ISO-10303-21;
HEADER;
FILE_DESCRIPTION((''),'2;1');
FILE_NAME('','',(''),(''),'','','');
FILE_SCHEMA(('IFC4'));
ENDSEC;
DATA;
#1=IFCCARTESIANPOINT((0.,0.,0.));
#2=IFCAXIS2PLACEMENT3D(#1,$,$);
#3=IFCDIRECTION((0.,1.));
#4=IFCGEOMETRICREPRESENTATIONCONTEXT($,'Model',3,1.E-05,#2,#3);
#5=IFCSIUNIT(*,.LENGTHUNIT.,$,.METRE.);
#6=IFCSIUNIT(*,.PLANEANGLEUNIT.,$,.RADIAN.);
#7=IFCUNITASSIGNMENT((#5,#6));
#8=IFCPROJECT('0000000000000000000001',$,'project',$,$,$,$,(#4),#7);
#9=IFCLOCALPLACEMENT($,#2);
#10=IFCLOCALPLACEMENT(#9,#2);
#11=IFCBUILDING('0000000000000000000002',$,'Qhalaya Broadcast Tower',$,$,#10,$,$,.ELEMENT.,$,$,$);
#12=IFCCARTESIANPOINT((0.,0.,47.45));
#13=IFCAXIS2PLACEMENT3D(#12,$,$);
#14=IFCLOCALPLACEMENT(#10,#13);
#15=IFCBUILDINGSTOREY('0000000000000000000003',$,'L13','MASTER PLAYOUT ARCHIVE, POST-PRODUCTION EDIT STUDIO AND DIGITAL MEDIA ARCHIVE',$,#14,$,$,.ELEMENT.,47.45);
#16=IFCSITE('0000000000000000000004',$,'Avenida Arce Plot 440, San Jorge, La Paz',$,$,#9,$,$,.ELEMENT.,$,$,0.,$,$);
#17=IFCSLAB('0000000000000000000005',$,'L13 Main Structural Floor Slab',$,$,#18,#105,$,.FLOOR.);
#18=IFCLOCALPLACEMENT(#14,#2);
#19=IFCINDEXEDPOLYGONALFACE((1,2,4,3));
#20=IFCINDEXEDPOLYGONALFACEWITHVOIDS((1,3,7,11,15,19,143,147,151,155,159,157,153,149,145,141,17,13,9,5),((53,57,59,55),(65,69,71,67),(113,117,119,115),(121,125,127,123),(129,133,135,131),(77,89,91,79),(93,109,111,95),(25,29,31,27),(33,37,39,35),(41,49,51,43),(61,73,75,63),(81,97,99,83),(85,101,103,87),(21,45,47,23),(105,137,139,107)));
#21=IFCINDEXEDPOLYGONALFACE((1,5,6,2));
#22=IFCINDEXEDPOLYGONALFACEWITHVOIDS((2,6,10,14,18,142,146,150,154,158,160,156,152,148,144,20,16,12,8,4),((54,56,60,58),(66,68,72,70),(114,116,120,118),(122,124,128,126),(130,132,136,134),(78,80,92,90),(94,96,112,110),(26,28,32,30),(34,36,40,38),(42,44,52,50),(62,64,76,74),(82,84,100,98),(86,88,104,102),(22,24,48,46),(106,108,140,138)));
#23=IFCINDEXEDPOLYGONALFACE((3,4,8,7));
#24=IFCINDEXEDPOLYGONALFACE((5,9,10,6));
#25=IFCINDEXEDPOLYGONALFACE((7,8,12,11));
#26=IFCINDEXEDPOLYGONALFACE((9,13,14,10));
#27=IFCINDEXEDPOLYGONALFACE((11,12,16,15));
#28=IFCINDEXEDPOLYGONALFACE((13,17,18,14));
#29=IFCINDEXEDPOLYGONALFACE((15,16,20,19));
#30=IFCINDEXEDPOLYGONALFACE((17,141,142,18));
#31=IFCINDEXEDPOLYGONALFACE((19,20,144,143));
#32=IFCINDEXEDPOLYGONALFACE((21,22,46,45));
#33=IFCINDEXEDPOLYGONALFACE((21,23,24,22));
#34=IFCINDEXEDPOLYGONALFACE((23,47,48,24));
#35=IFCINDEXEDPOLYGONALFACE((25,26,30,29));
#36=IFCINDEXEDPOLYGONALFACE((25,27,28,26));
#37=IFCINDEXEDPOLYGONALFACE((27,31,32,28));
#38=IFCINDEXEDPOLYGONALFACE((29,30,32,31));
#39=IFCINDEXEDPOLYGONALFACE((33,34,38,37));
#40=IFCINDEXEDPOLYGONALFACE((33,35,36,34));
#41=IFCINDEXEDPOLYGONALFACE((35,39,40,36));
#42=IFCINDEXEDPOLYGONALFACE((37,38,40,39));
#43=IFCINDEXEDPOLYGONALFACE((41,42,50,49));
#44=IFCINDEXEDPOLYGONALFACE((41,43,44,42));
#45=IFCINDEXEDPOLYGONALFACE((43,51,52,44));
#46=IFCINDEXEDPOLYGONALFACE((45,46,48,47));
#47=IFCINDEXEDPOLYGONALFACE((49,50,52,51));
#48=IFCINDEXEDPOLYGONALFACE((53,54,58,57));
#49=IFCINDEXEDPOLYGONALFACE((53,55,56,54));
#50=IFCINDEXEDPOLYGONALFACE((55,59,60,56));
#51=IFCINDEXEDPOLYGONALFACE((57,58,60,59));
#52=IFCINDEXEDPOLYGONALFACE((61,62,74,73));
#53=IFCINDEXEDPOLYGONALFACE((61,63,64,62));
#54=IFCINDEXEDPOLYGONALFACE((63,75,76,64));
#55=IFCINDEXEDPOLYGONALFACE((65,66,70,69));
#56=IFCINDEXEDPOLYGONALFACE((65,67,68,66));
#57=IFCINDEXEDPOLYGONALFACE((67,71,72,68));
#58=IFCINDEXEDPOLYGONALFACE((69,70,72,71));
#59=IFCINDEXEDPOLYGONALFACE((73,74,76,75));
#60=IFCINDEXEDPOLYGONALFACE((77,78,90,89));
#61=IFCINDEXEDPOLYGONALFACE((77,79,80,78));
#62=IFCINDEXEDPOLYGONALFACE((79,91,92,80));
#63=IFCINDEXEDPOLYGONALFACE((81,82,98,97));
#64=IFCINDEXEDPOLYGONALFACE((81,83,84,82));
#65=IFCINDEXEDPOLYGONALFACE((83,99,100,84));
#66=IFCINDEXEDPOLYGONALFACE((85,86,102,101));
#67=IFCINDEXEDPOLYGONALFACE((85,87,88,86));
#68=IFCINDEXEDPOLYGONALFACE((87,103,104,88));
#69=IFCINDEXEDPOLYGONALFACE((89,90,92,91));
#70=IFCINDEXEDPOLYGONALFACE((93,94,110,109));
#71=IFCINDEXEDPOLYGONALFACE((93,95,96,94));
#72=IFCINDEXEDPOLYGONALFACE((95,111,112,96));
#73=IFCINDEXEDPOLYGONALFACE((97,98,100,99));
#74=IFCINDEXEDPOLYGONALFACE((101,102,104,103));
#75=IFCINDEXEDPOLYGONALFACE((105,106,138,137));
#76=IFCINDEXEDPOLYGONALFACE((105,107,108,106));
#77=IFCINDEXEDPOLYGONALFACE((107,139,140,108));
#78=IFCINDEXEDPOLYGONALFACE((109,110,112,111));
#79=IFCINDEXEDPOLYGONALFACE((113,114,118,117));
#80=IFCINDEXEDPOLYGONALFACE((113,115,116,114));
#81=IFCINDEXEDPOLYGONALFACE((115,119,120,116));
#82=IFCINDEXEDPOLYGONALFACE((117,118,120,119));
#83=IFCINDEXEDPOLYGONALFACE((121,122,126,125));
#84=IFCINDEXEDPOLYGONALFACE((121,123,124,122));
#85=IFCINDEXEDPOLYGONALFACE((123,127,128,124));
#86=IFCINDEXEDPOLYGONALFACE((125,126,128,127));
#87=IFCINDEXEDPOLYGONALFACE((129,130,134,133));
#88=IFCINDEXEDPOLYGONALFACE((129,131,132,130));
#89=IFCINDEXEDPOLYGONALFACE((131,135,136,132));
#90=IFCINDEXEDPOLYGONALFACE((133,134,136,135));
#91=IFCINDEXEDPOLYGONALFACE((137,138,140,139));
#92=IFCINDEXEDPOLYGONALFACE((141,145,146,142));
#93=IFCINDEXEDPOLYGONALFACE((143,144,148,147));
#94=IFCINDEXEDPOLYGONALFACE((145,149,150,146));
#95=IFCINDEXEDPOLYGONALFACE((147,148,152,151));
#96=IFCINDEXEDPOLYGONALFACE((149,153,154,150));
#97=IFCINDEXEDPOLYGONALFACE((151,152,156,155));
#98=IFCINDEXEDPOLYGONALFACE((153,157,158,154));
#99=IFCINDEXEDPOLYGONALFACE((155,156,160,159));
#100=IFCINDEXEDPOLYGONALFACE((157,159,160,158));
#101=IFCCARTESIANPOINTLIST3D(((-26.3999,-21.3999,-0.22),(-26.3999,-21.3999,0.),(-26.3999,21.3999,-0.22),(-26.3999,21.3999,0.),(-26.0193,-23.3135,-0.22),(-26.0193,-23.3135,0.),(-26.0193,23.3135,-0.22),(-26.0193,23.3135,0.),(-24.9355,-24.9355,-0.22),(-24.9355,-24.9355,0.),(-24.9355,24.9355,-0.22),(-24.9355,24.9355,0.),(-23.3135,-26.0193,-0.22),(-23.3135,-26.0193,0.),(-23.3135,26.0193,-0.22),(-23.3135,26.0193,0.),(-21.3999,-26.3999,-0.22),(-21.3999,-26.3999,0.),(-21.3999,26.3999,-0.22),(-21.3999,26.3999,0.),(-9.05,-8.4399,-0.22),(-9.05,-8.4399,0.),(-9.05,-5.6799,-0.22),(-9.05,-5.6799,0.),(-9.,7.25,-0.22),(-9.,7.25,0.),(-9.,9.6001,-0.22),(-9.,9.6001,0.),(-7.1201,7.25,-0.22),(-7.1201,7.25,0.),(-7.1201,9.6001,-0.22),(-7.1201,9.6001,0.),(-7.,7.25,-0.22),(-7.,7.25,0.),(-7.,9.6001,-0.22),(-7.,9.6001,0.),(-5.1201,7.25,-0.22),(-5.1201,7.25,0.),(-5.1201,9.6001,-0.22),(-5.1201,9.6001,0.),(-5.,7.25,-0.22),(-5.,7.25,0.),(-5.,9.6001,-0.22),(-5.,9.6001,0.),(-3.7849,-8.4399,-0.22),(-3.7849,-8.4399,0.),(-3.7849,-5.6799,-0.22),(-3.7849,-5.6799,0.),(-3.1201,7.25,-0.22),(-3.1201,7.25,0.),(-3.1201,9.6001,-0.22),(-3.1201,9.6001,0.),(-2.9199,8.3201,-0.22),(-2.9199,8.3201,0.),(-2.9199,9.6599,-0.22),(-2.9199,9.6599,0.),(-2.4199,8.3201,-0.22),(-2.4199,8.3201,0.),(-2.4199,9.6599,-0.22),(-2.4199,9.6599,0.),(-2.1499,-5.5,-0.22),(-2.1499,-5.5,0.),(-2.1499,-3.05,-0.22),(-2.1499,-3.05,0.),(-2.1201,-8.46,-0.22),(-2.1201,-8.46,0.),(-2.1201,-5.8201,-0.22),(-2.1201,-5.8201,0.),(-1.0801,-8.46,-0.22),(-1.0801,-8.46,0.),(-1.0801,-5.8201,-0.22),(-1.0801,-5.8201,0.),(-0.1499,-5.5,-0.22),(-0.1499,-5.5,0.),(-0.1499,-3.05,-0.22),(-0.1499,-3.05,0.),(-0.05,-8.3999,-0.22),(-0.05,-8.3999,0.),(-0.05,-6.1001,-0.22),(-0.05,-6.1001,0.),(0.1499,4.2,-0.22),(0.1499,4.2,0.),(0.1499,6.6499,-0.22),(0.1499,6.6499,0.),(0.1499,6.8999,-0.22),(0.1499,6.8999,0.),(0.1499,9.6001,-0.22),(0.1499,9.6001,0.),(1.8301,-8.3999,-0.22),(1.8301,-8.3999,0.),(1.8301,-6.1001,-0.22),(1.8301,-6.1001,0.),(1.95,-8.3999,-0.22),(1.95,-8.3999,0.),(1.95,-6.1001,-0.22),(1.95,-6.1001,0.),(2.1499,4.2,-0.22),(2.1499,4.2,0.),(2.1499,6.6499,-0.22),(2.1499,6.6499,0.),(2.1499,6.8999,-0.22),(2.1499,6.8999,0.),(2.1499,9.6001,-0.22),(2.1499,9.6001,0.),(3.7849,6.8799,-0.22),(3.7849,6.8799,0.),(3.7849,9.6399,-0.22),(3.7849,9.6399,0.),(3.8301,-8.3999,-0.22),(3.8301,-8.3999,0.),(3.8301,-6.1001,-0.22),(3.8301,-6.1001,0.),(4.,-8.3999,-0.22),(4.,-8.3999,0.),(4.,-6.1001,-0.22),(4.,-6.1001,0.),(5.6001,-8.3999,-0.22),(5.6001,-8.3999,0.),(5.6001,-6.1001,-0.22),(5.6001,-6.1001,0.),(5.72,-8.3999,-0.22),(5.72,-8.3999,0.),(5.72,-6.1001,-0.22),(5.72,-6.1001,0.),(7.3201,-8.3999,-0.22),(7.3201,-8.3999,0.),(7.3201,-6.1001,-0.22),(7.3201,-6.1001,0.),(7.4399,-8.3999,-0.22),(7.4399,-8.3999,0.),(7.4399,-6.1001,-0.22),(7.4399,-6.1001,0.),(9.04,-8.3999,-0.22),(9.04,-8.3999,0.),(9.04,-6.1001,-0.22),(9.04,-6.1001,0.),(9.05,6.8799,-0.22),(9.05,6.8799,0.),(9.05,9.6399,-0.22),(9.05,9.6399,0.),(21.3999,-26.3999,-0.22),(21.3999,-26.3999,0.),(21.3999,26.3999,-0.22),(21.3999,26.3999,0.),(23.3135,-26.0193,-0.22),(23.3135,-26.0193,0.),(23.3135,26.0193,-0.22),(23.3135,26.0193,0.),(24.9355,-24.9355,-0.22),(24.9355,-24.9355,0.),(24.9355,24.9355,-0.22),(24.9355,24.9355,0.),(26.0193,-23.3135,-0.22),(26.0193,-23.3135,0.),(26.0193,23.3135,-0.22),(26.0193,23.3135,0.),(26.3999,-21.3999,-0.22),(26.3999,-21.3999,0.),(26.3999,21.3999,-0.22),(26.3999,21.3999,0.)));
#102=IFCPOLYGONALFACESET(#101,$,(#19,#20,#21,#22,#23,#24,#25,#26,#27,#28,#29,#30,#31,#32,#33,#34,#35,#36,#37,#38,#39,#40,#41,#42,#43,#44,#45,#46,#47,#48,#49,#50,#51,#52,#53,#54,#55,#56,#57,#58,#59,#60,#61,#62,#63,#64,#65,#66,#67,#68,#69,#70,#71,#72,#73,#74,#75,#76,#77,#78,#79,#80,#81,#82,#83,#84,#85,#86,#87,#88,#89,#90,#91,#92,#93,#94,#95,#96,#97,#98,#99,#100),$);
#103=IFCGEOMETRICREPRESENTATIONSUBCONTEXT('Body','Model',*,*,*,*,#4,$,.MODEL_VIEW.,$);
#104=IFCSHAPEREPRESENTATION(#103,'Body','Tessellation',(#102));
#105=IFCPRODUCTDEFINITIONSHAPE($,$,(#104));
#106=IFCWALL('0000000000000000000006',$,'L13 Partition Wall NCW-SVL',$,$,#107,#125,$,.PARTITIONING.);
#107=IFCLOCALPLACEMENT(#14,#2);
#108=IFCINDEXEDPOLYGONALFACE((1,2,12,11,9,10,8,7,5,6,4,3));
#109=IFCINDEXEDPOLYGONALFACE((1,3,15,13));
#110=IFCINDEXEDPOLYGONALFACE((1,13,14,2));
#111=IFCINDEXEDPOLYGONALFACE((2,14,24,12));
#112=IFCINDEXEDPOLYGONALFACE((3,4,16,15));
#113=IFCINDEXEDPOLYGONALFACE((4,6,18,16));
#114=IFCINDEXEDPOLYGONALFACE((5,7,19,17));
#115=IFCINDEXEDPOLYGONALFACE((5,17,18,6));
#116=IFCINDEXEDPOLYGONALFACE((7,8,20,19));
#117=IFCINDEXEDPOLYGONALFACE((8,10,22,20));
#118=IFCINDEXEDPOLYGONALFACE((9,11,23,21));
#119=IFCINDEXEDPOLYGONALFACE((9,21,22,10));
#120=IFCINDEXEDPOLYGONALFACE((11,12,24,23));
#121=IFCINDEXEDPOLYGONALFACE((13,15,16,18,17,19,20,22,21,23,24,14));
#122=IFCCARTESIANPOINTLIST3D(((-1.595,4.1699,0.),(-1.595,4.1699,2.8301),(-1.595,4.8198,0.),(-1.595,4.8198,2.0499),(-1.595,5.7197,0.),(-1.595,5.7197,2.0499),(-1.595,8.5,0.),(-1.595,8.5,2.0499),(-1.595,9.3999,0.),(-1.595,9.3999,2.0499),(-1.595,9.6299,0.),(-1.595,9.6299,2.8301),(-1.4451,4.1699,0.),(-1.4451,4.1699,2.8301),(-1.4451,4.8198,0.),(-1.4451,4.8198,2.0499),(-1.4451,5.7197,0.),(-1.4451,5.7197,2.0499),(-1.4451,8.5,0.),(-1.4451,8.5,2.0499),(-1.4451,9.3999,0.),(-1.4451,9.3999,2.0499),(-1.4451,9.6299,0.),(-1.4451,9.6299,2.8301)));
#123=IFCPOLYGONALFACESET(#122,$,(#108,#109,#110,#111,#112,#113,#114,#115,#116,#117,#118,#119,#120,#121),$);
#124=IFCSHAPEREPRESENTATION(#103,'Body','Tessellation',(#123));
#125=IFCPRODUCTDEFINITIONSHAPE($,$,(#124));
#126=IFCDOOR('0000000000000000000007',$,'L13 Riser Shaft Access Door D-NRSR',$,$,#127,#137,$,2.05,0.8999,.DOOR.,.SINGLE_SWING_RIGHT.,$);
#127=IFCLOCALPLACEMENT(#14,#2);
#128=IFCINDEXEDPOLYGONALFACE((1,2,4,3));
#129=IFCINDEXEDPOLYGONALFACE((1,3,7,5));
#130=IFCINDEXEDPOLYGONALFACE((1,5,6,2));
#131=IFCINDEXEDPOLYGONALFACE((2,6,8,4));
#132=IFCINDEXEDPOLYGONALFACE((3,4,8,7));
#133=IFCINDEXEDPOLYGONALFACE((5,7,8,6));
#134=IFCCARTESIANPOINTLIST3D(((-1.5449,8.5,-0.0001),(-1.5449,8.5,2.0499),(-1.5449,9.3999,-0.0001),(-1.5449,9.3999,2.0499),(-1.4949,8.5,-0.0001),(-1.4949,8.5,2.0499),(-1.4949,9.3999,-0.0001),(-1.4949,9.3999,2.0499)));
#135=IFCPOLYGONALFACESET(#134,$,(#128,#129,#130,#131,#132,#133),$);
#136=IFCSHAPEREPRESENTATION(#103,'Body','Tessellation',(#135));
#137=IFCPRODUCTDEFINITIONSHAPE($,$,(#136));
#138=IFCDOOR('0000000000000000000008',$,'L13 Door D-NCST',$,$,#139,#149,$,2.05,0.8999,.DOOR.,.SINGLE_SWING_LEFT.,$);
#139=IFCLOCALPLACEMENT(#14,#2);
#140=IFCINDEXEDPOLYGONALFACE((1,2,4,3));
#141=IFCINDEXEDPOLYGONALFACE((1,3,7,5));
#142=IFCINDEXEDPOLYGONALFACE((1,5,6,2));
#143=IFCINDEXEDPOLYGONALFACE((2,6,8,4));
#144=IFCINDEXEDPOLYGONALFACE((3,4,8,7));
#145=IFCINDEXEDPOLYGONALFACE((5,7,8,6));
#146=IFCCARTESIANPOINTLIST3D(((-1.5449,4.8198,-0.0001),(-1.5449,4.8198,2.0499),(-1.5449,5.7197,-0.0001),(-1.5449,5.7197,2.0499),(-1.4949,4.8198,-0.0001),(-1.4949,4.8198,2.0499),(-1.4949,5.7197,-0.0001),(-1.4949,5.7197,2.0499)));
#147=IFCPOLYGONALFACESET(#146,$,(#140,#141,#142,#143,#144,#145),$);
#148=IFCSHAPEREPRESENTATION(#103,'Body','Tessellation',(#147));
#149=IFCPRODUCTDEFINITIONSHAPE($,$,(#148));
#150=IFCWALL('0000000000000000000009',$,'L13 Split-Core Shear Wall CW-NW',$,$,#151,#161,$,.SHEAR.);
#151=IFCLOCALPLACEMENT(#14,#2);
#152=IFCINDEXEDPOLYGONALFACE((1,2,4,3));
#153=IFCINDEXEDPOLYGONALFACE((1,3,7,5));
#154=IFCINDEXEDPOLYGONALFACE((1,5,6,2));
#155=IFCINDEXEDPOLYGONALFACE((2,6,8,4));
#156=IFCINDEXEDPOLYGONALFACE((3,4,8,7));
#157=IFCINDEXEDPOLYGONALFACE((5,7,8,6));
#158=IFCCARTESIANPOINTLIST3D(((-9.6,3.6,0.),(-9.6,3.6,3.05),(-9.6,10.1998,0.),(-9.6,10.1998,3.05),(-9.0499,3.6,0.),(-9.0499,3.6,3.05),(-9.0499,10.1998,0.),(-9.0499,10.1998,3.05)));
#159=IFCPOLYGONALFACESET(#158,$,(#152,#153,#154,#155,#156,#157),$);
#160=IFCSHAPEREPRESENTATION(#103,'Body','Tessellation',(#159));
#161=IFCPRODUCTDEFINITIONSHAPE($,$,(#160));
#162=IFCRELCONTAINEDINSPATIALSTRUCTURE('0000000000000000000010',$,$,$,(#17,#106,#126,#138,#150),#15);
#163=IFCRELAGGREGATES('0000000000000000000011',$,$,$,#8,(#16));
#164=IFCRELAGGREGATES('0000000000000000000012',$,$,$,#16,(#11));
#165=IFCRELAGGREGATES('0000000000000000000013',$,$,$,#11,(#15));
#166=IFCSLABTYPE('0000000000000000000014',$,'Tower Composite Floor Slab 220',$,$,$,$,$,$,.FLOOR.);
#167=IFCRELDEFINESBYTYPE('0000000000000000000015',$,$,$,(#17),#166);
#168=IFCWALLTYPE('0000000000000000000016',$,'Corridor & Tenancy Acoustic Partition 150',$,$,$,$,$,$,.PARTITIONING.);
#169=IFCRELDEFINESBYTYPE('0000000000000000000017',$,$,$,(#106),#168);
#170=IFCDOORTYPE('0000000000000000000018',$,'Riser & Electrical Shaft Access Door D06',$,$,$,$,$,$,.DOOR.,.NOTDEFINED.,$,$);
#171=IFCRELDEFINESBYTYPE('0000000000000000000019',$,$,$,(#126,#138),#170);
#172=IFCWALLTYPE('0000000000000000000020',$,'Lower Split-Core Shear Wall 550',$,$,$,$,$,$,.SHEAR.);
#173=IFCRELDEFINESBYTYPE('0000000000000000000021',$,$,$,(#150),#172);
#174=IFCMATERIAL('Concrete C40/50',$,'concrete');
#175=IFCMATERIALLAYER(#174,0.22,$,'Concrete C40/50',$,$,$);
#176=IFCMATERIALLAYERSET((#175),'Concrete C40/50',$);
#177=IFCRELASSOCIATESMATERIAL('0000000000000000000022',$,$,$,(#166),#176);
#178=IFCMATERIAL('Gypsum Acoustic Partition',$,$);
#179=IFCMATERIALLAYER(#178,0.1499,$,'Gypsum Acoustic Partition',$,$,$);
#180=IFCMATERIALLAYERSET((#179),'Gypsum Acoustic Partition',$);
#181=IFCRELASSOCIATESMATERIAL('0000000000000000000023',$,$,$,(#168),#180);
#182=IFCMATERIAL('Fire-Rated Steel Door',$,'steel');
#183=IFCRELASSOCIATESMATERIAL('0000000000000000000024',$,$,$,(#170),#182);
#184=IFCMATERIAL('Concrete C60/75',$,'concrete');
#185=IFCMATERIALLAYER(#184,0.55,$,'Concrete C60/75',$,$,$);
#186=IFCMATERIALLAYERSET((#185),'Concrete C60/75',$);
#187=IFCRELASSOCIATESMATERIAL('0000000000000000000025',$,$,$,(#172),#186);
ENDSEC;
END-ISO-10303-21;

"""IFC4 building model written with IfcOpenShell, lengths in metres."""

from ifc_helpers import new_model, si_unit, direction, frame, frame_2d, origin, place, context, subcontext, project, spatial, polyline, rectangle, outline, extrude, material, layer, layer_set, type_object, element, fill, save


model = new_model("IFC4")

# Units and contexts
model_context = context("Model", 3, precision=1e-05, world=origin(), true_north=direction((0.0, 1.0)))
body_context = subcontext(model_context, "Body", "Model", "MODEL_VIEW")
ifc_project = project(units=[si_unit("LENGTHUNIT", "METRE"), si_unit("PLANEANGLEUNIT", "RADIAN")], contexts=[model_context])

# Site, building, storey
site_placement = place(None, origin())
site = spatial("IfcSite", under=ifc_project, at=site_placement, Name="Avenida Arce Plot 440, San Jorge, La Paz", CompositionType="ELEMENT", RefElevation=0.0)
building_placement = place(site_placement, origin())
building = spatial("IfcBuilding", under=site, at=building_placement, Name="Qhalaya Broadcast Tower", CompositionType="ELEMENT")
storey_placement = place(building_placement, frame((0.0, 0.0, 47.45)))
storey = spatial("IfcBuildingStorey", under=building, at=storey_placement, Name="L13", Description="MASTER PLAYOUT ARCHIVE, POST-PRODUCTION EDIT STUDIO AND DIGITAL MEDIA ARCHIVE", CompositionType="ELEMENT", Elevation=47.45)

# Slab
ifc_material_1 = material(Name="Concrete C40/50", Category="concrete")
ifc_layer_1 = layer(ifc_material_1, 0.22, Name="Concrete C40/50")
ifc_layer_set_1 = layer_set([ifc_layer_1], Name="Concrete C40/50")
slab_type = type_object("IfcSlabType", Name="Tower Composite Floor Slab 220", PredefinedType="FLOOR", material=ifc_layer_set_1)
slab_placement = place(storey_placement, frame((0.0, 0.0, -0.22)))
element("IfcSlab", 1, at=slab_placement, inside=storey, type_object=slab_type, Name="L13 Main Structural Floor Slab", PredefinedType="FLOOR", context=body_context, shape_type="SweptSolid", body=[
    extrude(outline(polyline([(21.3999, -26.3999), (23.3135, -26.0193), (24.9355, -24.9355), (26.0193, -23.3135), (26.3999, -21.3999), (26.3999, 21.3999), (26.0193, 23.3135), (24.9355, 24.9355), (23.3135, 26.0193), (21.3999, 26.3999), (-21.3999, 26.3999), (-23.3135, 26.0193), (-24.9355, 24.9355), (-26.0193, 23.3135), (-26.3999, 21.3999), (-26.3999, -21.3999), (-26.0193, -23.3135), (-24.9355, -24.9355), (-23.3135, -26.0193), (-21.3999, -26.3999), (21.3999, -26.3999)]), holes=[polyline([(3.7849, 9.6399), (9.05, 9.6399), (9.05, 6.8799), (3.7849, 6.8799), (3.7849, 9.6399)]), polyline([(-3.7849, -8.4399), (-9.05, -8.4399), (-9.05, -5.6799), (-3.7849, -5.6799), (-3.7849, -8.4399)]), polyline([(0.1499, 6.6499), (2.1499, 6.6499), (2.1499, 4.2), (0.1499, 4.2), (0.1499, 6.6499)]), polyline([(0.1499, 9.6001), (2.1499, 9.6001), (2.1499, 6.8999), (0.1499, 6.8999), (0.1499, 9.6001)]), polyline([(-2.1499, -3.05), (-0.1499, -3.05), (-0.1499, -5.5), (-2.1499, -5.5), (-2.1499, -3.05)]), polyline([(-9.0, 9.6001), (-7.1201, 9.6001), (-7.1201, 7.25), (-9.0, 7.25), (-9.0, 9.6001)]), polyline([(-7.0, 9.6001), (-5.1201, 9.6001), (-5.1201, 7.25), (-7.0, 7.25), (-7.0, 9.6001)]), polyline([(-5.0, 9.6001), (-3.1201, 9.6001), (-3.1201, 7.25), (-5.0, 7.25), (-5.0, 9.6001)]), polyline([(-0.05, -6.1001), (1.8301, -6.1001), (1.8301, -8.3999), (-0.05, -8.3999), (-0.05, -6.1001)]), polyline([(1.95, -6.1001), (3.8301, -6.1001), (3.8301, -8.3999), (1.95, -8.3999), (1.95, -6.1001)]), polyline([(4.0, -6.1001), (5.6001, -6.1001), (5.6001, -8.3999), (4.0, -8.3999), (4.0, -6.1001)]), polyline([(5.72, -6.1001), (7.3201, -6.1001), (7.3201, -8.3999), (5.72, -8.3999), (5.72, -6.1001)]), polyline([(7.4399, -6.1001), (9.04, -6.1001), (9.04, -8.3999), (7.4399, -8.3999), (7.4399, -6.1001)]), polyline([(-2.9199, 9.6599), (-2.4199, 9.6599), (-2.4199, 8.3201), (-2.9199, 8.3201), (-2.9199, 9.6599)]), polyline([(-2.1201, -5.8201), (-1.0801, -5.8201), (-1.0801, -8.46), (-2.1201, -8.46), (-2.1201, -5.8201)])]), origin(), (0.0, 0.0, 1.0), 0.22),
])

# Wall, openings, doors
ifc_material_2 = material(Name="Gypsum Acoustic Partition")
ifc_layer_2 = layer(ifc_material_2, 0.1499, Name="Gypsum Acoustic Partition")
ifc_layer_set_2 = layer_set([ifc_layer_2], Name="Gypsum Acoustic Partition")
wall_type_1 = type_object("IfcWallType", Name="Corridor & Tenancy Acoustic Partition 150", PredefinedType="PARTITIONING", material=ifc_layer_set_2)
wall_1_placement = place(storey_placement, frame((-1.52, 4.1699, 0.0), z_axis=(0.0, 0.0, 1.0), x_axis=(0.0, 1.0, 0.0)))
wall_1 = element("IfcWall", 2, at=wall_1_placement, inside=storey, type_object=wall_type_1, Name="L13 Partition Wall NCW-SVL", PredefinedType="PARTITIONING", context=body_context, shape_type="SweptSolid", body=[
    extrude(rectangle(XDim=5.46, YDim=0.1499, at=frame_2d((2.73, 0.0))), origin(), (0.0, 0.0, 1.0), 2.8301),
])
opening_1_placement = place(wall_1_placement, frame((4.3301, 0.0, 0.0)))
opening_1 = element("IfcOpeningElement", 3, at=opening_1_placement, cuts=wall_1, PredefinedType="OPENING", context=body_context, shape_type="SweptSolid", body=[
    extrude(rectangle(XDim=0.8999, YDim=2.05, at=frame_2d((0.45, 1.0249))), frame((0.0, 0.0869, 0.0), z_axis=(0.0, -1.0, 0.0), x_axis=(1.0, 0.0, 0.0)), (0.0, 0.0, 1.0), 0.1738),
])
opening_2_placement = place(wall_1_placement, frame((0.6499, 0.0, 0.0)))
opening_2 = element("IfcOpeningElement", 4, at=opening_2_placement, cuts=wall_1, PredefinedType="OPENING", context=body_context, shape_type="SweptSolid", body=[
    extrude(rectangle(XDim=0.8999, YDim=2.05, at=frame_2d((0.45, 1.0249))), frame((0.0, 0.0869, 0.0), z_axis=(0.0, -1.0, 0.0), x_axis=(1.0, 0.0, 0.0)), (0.0, 0.0, 1.0), 0.1738),
])
ifc_material_3 = material(Name="Fire-Rated Steel Door", Category="steel")
door_type_1 = type_object("IfcDoorType", Name="Riser & Electrical Shaft Access Door D06", OperationType="NOTDEFINED", PredefinedType="DOOR", material=ifc_material_3)
door_1_placement = place(opening_1_placement, origin())
door_1 = element("IfcDoor", 5, at=door_1_placement, inside=storey, type_object=door_type_1, Name="L13 Riser Shaft Access Door D-NRSR", OperationType="SINGLE_SWING_RIGHT", OverallHeight=2.05, OverallWidth=0.8999, PredefinedType="DOOR", context=body_context, shape_type="SweptSolid", body=[
    extrude(rectangle(XDim=0.8999, YDim=2.05, at=frame_2d((0.45, 1.0249))), frame((0.0, 0.0249, 0.0), z_axis=(0.0, -1.0, 0.0), x_axis=(1.0, 0.0, 0.0)), (0.0, 0.0, 1.0), 0.05),
])
fill(opening_1, door_1)
door_2_placement = place(opening_2_placement, origin())
door_2 = element("IfcDoor", 6, at=door_2_placement, inside=storey, type_object=door_type_1, Name="L13 Door D-NCST", OperationType="SINGLE_SWING_LEFT", OverallHeight=2.05, OverallWidth=0.8999, PredefinedType="DOOR", context=body_context, shape_type="SweptSolid", body=[
    extrude(rectangle(XDim=0.8999, YDim=2.05, at=frame_2d((0.45, 1.0249))), frame((0.0, 0.0249, 0.0), z_axis=(0.0, -1.0, 0.0), x_axis=(1.0, 0.0, 0.0)), (0.0, 0.0, 1.0), 0.05),
])
fill(opening_2, door_2)

# Wall
ifc_material_4 = material(Name="Concrete C60/75", Category="concrete")
ifc_layer_3 = layer(ifc_material_4, 0.55, Name="Concrete C60/75")
ifc_layer_set_3 = layer_set([ifc_layer_3], Name="Concrete C60/75")
wall_type_2 = type_object("IfcWallType", Name="Lower Split-Core Shear Wall 550", PredefinedType="SHEAR", material=ifc_layer_set_3)
wall_2_placement = place(storey_placement, frame((-9.325, 3.6001, 0.0), z_axis=(0.0, 0.0, 1.0), x_axis=(0.0, 1.0, 0.0)))
element("IfcWall", 7, at=wall_2_placement, inside=storey, type_object=wall_type_2, Name="L13 Split-Core Shear Wall CW-NW", PredefinedType="SHEAR", context=body_context, shape_type="SweptSolid", body=[
    extrude(rectangle(XDim=6.5999, YDim=0.55, at=frame_2d((3.2998, 0.0))), origin(), (0.0, 0.0, 1.0), 3.05),
])

save(model, "model.ifc")
